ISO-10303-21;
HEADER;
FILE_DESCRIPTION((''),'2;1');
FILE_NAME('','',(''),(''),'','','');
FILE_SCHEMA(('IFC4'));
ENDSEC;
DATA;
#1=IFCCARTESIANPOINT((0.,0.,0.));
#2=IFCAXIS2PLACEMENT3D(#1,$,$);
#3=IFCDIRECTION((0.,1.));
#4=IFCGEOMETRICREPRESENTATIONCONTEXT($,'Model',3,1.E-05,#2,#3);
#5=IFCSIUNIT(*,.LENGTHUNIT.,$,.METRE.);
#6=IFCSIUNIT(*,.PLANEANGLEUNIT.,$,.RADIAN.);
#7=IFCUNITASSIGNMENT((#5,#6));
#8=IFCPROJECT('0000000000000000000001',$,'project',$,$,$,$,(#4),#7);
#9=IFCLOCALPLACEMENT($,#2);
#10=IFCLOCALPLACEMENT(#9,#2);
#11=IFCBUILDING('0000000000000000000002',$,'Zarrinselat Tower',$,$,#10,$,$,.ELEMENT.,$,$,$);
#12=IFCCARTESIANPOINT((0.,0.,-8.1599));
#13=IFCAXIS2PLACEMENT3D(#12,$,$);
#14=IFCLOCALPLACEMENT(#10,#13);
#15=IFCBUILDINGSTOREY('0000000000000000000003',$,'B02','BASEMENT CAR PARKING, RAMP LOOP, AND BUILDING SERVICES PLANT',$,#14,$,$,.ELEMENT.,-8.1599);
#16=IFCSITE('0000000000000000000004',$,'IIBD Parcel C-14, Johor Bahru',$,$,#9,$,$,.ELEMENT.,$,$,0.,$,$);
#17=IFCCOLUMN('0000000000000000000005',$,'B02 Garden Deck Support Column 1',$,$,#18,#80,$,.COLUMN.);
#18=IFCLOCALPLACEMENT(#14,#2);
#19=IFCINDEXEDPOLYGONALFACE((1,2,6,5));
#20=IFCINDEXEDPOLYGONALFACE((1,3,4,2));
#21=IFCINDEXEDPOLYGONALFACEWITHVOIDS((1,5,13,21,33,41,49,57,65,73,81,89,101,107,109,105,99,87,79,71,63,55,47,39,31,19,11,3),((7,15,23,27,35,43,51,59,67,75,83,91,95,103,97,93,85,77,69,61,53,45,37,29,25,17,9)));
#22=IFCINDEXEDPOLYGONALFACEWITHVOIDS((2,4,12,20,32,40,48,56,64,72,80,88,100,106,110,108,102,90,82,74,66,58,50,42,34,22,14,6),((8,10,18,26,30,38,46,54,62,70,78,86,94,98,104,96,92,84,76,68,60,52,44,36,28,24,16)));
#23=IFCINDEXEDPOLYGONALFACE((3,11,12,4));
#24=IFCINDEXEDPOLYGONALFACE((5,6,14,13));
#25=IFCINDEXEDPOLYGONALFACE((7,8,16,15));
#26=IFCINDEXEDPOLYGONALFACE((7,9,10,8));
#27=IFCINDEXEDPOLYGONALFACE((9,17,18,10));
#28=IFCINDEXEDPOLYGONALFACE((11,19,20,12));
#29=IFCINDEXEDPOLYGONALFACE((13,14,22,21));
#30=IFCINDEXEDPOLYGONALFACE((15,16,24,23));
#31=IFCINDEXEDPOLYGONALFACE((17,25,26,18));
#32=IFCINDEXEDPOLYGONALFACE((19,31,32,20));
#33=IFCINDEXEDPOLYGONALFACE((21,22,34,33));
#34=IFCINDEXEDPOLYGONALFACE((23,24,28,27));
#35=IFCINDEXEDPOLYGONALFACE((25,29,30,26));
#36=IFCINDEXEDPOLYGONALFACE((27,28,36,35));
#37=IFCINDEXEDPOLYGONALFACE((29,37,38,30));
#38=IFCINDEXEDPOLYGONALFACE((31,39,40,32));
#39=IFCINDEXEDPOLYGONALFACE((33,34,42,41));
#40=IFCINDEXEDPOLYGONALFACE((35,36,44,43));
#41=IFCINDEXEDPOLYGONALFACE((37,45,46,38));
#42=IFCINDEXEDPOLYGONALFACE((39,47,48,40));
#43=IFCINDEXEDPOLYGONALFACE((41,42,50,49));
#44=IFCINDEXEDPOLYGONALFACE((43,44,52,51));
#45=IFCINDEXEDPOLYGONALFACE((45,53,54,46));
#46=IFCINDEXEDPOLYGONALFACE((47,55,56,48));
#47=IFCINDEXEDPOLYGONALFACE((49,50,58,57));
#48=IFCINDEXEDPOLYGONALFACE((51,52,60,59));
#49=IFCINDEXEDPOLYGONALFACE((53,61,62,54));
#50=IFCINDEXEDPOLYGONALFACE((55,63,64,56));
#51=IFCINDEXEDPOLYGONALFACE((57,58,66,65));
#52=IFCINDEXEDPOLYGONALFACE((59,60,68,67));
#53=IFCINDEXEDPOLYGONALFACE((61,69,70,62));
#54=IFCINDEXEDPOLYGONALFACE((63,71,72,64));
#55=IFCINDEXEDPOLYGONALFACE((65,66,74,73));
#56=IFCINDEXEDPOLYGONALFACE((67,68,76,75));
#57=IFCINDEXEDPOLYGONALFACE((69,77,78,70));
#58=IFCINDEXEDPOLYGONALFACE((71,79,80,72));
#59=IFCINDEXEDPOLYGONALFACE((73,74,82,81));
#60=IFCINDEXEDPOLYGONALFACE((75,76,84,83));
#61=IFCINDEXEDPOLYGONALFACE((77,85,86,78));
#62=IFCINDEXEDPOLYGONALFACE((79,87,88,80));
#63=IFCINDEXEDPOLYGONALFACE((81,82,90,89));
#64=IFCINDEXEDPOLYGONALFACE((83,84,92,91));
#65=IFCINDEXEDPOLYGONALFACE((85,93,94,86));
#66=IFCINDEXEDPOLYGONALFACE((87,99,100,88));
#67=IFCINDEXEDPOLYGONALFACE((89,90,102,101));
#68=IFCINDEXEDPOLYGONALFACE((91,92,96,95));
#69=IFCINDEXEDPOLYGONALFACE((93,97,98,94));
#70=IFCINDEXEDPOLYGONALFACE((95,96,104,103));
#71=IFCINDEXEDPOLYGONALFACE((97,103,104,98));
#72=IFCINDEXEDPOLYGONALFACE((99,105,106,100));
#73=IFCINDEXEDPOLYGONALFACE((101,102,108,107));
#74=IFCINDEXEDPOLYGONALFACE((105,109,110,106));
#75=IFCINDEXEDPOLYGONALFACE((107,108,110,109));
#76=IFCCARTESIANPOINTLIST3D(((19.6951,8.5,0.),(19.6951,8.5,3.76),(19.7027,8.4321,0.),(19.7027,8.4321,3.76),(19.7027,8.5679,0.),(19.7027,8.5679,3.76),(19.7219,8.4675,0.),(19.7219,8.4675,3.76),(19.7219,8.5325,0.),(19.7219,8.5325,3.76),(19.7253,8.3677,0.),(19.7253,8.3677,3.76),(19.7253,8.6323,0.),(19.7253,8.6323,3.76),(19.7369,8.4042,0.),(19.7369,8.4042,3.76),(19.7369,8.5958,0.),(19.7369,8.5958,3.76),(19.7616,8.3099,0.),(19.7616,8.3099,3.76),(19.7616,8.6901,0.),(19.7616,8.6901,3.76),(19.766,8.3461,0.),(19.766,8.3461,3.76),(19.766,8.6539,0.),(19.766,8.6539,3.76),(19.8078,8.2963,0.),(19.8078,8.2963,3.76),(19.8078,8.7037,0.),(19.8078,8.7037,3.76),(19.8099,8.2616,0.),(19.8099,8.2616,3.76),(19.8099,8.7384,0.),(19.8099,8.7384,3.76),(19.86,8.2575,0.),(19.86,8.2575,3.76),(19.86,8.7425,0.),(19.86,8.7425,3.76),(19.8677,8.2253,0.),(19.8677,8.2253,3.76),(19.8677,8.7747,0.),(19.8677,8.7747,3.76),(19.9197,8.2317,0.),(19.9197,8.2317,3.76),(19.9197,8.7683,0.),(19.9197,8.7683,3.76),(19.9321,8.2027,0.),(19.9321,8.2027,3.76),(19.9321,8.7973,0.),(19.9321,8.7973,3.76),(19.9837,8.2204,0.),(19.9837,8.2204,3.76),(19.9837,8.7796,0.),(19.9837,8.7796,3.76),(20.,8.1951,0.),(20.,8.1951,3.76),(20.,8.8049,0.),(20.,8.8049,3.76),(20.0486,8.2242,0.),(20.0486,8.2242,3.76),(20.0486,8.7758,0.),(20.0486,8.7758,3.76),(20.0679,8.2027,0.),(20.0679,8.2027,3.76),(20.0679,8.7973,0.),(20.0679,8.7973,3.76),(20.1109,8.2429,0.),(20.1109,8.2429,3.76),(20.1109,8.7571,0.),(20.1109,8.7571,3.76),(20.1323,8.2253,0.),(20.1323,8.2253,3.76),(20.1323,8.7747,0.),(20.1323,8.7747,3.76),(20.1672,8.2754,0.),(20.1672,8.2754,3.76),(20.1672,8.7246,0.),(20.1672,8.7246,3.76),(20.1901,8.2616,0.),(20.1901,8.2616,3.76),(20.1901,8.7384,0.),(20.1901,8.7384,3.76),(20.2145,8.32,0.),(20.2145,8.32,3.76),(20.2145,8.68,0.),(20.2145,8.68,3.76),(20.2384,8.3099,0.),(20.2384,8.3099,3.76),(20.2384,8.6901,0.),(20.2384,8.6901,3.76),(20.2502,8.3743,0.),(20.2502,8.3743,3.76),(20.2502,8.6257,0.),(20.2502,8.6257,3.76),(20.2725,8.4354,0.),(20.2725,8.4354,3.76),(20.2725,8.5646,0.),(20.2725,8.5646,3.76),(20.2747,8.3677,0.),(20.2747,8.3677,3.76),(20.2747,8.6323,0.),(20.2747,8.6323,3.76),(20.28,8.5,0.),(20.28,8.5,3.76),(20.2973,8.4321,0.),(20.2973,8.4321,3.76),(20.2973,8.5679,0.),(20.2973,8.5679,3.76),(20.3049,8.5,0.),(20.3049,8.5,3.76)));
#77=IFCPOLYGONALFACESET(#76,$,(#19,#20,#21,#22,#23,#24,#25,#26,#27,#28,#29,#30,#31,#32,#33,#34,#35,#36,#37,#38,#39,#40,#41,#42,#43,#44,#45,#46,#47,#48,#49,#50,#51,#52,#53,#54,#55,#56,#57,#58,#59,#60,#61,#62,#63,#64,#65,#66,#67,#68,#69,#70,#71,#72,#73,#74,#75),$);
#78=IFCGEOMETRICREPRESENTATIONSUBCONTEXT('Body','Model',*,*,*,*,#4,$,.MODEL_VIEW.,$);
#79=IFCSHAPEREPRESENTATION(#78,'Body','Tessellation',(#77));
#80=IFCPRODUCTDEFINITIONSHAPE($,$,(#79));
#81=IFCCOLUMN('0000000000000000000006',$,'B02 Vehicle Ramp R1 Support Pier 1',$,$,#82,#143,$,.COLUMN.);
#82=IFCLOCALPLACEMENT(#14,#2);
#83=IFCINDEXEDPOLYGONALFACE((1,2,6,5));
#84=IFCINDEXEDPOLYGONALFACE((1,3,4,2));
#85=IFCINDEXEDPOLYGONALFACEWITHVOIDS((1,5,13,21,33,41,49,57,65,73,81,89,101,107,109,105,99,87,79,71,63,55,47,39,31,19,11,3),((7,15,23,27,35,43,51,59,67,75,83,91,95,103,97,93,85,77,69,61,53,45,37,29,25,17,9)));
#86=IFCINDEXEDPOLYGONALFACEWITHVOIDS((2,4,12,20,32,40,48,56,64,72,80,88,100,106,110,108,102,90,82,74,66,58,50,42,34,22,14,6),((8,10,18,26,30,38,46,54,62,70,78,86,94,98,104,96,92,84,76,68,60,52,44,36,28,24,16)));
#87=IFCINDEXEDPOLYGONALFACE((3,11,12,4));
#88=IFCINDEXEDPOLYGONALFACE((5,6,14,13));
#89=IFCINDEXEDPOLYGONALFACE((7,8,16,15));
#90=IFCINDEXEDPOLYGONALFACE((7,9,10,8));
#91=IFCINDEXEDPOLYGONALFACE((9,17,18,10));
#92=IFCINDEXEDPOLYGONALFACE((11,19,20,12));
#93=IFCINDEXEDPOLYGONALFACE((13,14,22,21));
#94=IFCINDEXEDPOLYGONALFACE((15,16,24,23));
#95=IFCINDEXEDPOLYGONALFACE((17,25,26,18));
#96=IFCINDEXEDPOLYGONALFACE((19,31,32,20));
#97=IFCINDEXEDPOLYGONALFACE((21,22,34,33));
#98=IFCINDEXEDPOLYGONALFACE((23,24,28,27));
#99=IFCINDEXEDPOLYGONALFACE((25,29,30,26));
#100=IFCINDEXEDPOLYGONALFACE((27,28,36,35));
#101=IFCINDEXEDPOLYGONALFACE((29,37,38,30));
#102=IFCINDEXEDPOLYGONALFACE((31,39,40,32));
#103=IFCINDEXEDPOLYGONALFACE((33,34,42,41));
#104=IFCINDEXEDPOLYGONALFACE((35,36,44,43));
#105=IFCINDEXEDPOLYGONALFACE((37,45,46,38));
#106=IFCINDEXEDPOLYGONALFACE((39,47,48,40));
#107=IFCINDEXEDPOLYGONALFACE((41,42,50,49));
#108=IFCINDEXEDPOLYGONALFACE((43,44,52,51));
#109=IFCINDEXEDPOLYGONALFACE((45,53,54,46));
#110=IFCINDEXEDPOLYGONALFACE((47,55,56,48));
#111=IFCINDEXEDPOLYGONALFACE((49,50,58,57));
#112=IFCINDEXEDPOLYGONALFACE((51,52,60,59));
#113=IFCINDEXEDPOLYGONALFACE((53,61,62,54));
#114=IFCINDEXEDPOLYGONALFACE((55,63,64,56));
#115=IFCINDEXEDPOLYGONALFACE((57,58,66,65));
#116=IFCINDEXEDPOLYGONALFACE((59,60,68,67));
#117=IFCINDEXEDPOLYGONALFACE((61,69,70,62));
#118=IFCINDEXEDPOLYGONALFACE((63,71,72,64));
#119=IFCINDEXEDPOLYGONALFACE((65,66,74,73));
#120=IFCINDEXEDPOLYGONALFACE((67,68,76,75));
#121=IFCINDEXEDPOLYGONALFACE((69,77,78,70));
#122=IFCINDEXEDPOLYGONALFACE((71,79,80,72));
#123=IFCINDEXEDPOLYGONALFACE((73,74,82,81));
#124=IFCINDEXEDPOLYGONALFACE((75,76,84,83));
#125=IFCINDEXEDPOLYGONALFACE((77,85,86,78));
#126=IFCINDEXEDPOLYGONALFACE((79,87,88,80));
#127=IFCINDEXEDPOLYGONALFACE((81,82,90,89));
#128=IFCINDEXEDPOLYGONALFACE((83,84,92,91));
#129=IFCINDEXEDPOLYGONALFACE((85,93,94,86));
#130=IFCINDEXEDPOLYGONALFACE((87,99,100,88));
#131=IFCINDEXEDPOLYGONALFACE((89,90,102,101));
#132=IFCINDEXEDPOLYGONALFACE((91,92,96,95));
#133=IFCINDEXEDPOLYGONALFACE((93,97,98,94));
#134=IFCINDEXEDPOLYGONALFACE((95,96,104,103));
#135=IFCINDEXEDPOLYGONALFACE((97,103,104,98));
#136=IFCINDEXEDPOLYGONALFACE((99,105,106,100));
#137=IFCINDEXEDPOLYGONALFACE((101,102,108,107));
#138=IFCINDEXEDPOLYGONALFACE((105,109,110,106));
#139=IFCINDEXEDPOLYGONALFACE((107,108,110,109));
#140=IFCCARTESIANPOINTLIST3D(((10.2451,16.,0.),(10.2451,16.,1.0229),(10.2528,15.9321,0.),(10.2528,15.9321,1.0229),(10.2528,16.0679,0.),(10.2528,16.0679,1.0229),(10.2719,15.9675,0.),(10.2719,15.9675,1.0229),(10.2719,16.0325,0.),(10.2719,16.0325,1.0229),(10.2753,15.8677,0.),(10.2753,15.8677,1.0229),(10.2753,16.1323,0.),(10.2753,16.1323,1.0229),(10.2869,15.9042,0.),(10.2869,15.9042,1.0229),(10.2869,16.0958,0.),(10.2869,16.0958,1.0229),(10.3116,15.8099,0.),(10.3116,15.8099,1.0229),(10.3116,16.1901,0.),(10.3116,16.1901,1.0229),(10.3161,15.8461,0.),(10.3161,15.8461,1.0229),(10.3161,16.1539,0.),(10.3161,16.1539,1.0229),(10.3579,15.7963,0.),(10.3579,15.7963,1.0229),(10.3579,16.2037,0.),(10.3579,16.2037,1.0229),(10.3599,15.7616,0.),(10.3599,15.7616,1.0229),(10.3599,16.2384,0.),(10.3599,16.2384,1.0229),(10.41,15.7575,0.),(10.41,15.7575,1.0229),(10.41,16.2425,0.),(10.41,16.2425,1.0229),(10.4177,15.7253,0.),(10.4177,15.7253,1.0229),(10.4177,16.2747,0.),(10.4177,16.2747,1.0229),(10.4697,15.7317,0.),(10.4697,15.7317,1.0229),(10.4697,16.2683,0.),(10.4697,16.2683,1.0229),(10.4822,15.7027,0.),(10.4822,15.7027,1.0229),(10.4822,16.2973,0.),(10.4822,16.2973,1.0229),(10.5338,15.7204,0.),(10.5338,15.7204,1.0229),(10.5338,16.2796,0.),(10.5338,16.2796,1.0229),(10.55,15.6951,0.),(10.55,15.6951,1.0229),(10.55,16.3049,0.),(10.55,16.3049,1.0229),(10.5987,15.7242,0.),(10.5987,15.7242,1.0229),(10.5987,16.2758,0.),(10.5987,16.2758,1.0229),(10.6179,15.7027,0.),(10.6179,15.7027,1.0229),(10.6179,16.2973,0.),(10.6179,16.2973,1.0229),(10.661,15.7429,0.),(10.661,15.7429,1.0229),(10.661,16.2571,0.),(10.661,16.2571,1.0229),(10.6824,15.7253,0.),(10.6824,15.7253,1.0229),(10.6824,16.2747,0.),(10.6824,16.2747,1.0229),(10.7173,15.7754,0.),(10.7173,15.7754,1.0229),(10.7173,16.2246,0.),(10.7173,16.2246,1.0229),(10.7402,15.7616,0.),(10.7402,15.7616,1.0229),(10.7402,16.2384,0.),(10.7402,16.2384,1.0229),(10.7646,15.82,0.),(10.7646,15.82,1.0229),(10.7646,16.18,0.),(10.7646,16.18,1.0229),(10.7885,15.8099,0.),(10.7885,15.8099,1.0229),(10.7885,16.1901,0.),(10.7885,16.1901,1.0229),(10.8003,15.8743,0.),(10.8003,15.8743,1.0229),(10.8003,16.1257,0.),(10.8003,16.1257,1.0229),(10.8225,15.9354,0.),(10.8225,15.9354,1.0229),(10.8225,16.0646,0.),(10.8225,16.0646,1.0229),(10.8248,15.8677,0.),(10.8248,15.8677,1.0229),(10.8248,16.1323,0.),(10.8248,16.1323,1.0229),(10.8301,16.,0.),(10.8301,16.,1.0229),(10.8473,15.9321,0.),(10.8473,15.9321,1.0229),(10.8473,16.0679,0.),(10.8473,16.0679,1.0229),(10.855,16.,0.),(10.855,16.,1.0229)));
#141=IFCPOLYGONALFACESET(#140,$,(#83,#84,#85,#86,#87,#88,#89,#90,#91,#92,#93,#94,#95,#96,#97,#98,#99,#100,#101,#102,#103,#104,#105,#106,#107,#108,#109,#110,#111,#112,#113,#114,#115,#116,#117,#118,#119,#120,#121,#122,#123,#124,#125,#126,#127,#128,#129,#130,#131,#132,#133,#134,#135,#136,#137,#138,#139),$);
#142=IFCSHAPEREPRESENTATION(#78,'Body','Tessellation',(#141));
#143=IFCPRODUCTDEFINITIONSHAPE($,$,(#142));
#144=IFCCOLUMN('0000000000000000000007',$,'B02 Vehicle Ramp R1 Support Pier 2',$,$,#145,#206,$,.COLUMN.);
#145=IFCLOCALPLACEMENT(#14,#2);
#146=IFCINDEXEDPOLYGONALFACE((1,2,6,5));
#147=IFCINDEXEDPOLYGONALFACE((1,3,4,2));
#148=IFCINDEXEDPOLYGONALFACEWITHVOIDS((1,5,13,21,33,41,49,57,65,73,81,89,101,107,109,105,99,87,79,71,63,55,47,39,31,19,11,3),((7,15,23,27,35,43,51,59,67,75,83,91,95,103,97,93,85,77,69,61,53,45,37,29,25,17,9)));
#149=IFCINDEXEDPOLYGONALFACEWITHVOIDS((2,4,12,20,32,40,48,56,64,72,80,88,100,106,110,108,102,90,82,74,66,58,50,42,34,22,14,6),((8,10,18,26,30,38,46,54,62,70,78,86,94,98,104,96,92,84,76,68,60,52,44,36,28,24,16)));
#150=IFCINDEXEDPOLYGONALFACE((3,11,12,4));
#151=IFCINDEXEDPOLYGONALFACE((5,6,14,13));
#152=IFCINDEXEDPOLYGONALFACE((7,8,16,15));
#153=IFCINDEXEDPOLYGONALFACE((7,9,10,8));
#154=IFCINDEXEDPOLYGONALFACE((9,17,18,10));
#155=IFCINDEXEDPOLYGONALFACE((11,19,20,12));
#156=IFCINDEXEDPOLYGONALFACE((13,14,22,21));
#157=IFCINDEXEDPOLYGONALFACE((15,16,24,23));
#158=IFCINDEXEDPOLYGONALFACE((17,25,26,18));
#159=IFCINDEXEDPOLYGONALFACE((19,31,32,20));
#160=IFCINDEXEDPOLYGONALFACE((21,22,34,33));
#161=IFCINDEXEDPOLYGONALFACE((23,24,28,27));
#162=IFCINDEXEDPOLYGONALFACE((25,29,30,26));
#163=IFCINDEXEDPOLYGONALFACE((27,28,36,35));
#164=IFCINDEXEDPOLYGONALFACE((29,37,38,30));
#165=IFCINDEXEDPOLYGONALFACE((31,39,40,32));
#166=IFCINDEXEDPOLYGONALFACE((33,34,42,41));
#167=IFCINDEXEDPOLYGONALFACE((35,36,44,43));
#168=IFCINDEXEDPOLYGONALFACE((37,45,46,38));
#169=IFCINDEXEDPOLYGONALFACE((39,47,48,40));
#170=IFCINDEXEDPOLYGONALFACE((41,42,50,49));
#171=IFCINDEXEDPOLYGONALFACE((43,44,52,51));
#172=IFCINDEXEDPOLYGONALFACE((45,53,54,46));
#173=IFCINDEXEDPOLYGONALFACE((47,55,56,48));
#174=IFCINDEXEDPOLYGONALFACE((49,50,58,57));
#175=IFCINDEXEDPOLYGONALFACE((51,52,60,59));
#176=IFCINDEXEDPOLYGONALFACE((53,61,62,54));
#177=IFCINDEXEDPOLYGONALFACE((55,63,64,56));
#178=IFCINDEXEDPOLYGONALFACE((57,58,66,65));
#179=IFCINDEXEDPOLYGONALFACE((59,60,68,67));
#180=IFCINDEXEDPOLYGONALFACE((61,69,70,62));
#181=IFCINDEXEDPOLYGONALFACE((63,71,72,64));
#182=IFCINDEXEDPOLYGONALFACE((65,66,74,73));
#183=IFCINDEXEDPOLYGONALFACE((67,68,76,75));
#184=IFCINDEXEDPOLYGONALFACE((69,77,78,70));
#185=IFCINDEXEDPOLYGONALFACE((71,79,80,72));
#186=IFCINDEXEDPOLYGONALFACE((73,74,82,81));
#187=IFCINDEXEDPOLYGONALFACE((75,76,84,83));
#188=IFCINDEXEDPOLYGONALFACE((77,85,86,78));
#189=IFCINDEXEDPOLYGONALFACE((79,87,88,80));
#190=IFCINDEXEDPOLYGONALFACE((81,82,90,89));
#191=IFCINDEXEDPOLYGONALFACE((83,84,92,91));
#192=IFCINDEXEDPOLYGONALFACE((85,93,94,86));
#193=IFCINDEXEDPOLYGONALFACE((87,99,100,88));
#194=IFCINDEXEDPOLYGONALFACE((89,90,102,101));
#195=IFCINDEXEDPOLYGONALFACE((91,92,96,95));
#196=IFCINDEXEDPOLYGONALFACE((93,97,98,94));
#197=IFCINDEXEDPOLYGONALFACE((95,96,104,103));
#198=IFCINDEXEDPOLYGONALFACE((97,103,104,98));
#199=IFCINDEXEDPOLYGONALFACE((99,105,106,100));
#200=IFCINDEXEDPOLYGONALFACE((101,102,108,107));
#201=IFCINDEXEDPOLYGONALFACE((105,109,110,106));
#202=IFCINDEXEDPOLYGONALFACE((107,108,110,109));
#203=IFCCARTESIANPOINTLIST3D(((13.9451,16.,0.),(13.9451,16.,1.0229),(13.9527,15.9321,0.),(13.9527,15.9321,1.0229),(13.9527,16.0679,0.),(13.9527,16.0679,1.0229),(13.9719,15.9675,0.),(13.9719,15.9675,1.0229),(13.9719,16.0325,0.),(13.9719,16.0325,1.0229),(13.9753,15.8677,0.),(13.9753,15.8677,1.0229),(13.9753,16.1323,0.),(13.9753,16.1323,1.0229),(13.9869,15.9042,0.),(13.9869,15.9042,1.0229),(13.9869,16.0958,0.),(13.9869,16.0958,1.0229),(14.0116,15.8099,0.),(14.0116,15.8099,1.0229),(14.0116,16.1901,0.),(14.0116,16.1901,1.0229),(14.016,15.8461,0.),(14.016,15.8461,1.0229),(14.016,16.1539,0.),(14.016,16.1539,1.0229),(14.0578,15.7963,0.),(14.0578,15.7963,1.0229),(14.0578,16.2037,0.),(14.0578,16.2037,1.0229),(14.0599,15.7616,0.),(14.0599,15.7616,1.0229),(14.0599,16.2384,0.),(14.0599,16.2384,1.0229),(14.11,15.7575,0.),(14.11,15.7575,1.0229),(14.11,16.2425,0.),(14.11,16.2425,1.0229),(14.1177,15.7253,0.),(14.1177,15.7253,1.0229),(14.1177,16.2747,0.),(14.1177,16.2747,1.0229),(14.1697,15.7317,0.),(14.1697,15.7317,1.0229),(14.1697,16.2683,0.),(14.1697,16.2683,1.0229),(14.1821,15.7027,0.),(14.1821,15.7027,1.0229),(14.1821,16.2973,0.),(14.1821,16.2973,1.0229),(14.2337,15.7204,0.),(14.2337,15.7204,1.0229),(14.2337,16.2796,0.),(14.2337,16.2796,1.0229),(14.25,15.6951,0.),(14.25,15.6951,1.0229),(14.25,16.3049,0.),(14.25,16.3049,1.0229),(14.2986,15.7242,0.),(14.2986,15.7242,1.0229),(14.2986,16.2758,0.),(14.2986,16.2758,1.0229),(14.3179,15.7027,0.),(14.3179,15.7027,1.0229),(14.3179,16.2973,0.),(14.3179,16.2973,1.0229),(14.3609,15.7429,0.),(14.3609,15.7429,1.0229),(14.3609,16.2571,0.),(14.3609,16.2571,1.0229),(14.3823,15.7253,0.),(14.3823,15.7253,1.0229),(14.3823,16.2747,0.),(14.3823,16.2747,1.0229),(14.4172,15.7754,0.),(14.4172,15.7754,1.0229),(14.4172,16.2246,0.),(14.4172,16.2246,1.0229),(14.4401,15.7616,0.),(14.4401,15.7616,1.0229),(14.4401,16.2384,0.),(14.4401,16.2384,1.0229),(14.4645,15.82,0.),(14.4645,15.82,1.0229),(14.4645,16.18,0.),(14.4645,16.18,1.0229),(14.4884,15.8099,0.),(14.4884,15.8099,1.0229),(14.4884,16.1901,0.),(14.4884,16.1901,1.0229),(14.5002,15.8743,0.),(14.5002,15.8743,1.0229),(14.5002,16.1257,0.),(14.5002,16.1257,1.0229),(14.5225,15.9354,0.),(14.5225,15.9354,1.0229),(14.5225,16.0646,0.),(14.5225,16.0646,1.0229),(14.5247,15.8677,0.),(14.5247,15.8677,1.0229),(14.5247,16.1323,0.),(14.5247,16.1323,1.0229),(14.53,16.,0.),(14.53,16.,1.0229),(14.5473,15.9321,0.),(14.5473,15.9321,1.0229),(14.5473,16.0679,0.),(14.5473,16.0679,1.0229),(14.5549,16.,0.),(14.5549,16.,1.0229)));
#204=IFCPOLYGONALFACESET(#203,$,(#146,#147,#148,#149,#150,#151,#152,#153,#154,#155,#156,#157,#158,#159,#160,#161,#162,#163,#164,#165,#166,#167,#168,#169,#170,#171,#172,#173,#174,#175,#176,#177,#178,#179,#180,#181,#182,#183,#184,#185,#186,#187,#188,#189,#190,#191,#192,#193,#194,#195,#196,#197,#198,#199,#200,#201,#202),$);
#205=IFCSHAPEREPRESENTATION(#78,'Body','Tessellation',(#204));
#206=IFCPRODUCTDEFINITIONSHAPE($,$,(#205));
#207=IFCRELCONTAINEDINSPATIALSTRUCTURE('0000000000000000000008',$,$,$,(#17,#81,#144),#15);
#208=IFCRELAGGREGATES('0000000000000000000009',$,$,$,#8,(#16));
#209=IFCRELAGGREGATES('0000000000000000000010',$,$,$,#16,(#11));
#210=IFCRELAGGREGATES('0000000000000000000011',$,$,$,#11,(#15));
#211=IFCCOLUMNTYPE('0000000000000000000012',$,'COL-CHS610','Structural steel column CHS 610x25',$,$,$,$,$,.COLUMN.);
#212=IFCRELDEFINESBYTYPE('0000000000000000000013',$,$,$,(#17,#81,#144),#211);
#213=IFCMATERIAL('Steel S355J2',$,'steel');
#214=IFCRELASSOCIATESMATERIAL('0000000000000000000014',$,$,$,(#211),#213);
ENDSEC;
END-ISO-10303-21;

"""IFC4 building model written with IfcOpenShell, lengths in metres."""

from ifc_helpers import new_model, si_unit, direction, frame, origin, origin_2d, place, context, subcontext, project, spatial, hollow_circle, extrude, material, material_profile, profile_set, type_object, element, save


model = new_model("IFC4")

# Units and contexts
model_context = context("Model", 3, precision=1e-05, world=origin(), true_north=direction((0.0, 1.0)))
body_context = subcontext(model_context, "Body", "Model", "MODEL_VIEW")
ifc_project = project(units=[si_unit("LENGTHUNIT", "METRE"), si_unit("PLANEANGLEUNIT", "RADIAN")], contexts=[model_context])

# Site, building, storey
site_placement = place(None, origin())
site = spatial("IfcSite", under=ifc_project, at=site_placement, Name="IIBD Parcel C-14, Johor Bahru", CompositionType="ELEMENT", RefElevation=0.0)
building_placement = place(site_placement, origin())
building = spatial("IfcBuilding", under=site, at=building_placement, Name="Zarrinselat Tower", CompositionType="ELEMENT")
storey_placement = place(building_placement, frame((0.0, 0.0, -8.1599)))
storey = spatial("IfcBuildingStorey", under=building, at=storey_placement, Name="B02", Description="BASEMENT CAR PARKING, RAMP LOOP, AND BUILDING SERVICES PLANT", CompositionType="ELEMENT", Elevation=-8.1599)

# Columns
ifc_material_1 = material(Name="Steel S355J2", Category="steel")
ifc_material_profile_1 = material_profile(ifc_material_1, hollow_circle(Radius=0.3049, WallThickness=0.0249, at=origin_2d()), Name="CHS 610x25")
ifc_profile_set_1 = profile_set([ifc_material_profile_1], Name="Steel S355J2")
column_type = type_object("IfcColumnType", Name="COL-CHS610", Description="Structural steel column CHS 610x25", PredefinedType="COLUMN", material=ifc_profile_set_1)
column_1_placement = place(storey_placement, frame((20.0, 8.5, 0.0), z_axis=(0.0, 0.0, 1.0), x_axis=(1.0, 0.0, 0.0)))
element("IfcColumn", 1, at=column_1_placement, inside=storey, type_object=column_type, Name="B02 Garden Deck Support Column 1", PredefinedType="COLUMN", context=body_context, shape_type="SweptSolid", body=[
    extrude(hollow_circle(Radius=0.3049, WallThickness=0.0249, at=origin_2d()), origin(), (0.0, 0.0, 1.0), 3.76),
])
for number, where, z_axis, x_axis, name in (
    (2, (10.55, 16.0, 0.0), (0.0, 0.0, 1.0), (1.0, 0.0, 0.0), "B02 Vehicle Ramp R1 Support Pier 1"),
    (3, (14.25, 16.0, 0.0), (0.0, 0.0, 1.0), (1.0, 0.0, 0.0), "B02 Vehicle Ramp R1 Support Pier 2"),
):
    element("IfcColumn", number, at=place(storey_placement, frame(where, z_axis=z_axis, x_axis=x_axis)), inside=storey, type_object=column_type, Name=name, PredefinedType="COLUMN", context=body_context, shape_type="SweptSolid", body=[
        extrude(hollow_circle(Radius=0.3049, WallThickness=0.0249, at=origin_2d()), origin(), (0.0, 0.0, 1.0), 1.0229),
    ])

save(model, "model.ifc")
